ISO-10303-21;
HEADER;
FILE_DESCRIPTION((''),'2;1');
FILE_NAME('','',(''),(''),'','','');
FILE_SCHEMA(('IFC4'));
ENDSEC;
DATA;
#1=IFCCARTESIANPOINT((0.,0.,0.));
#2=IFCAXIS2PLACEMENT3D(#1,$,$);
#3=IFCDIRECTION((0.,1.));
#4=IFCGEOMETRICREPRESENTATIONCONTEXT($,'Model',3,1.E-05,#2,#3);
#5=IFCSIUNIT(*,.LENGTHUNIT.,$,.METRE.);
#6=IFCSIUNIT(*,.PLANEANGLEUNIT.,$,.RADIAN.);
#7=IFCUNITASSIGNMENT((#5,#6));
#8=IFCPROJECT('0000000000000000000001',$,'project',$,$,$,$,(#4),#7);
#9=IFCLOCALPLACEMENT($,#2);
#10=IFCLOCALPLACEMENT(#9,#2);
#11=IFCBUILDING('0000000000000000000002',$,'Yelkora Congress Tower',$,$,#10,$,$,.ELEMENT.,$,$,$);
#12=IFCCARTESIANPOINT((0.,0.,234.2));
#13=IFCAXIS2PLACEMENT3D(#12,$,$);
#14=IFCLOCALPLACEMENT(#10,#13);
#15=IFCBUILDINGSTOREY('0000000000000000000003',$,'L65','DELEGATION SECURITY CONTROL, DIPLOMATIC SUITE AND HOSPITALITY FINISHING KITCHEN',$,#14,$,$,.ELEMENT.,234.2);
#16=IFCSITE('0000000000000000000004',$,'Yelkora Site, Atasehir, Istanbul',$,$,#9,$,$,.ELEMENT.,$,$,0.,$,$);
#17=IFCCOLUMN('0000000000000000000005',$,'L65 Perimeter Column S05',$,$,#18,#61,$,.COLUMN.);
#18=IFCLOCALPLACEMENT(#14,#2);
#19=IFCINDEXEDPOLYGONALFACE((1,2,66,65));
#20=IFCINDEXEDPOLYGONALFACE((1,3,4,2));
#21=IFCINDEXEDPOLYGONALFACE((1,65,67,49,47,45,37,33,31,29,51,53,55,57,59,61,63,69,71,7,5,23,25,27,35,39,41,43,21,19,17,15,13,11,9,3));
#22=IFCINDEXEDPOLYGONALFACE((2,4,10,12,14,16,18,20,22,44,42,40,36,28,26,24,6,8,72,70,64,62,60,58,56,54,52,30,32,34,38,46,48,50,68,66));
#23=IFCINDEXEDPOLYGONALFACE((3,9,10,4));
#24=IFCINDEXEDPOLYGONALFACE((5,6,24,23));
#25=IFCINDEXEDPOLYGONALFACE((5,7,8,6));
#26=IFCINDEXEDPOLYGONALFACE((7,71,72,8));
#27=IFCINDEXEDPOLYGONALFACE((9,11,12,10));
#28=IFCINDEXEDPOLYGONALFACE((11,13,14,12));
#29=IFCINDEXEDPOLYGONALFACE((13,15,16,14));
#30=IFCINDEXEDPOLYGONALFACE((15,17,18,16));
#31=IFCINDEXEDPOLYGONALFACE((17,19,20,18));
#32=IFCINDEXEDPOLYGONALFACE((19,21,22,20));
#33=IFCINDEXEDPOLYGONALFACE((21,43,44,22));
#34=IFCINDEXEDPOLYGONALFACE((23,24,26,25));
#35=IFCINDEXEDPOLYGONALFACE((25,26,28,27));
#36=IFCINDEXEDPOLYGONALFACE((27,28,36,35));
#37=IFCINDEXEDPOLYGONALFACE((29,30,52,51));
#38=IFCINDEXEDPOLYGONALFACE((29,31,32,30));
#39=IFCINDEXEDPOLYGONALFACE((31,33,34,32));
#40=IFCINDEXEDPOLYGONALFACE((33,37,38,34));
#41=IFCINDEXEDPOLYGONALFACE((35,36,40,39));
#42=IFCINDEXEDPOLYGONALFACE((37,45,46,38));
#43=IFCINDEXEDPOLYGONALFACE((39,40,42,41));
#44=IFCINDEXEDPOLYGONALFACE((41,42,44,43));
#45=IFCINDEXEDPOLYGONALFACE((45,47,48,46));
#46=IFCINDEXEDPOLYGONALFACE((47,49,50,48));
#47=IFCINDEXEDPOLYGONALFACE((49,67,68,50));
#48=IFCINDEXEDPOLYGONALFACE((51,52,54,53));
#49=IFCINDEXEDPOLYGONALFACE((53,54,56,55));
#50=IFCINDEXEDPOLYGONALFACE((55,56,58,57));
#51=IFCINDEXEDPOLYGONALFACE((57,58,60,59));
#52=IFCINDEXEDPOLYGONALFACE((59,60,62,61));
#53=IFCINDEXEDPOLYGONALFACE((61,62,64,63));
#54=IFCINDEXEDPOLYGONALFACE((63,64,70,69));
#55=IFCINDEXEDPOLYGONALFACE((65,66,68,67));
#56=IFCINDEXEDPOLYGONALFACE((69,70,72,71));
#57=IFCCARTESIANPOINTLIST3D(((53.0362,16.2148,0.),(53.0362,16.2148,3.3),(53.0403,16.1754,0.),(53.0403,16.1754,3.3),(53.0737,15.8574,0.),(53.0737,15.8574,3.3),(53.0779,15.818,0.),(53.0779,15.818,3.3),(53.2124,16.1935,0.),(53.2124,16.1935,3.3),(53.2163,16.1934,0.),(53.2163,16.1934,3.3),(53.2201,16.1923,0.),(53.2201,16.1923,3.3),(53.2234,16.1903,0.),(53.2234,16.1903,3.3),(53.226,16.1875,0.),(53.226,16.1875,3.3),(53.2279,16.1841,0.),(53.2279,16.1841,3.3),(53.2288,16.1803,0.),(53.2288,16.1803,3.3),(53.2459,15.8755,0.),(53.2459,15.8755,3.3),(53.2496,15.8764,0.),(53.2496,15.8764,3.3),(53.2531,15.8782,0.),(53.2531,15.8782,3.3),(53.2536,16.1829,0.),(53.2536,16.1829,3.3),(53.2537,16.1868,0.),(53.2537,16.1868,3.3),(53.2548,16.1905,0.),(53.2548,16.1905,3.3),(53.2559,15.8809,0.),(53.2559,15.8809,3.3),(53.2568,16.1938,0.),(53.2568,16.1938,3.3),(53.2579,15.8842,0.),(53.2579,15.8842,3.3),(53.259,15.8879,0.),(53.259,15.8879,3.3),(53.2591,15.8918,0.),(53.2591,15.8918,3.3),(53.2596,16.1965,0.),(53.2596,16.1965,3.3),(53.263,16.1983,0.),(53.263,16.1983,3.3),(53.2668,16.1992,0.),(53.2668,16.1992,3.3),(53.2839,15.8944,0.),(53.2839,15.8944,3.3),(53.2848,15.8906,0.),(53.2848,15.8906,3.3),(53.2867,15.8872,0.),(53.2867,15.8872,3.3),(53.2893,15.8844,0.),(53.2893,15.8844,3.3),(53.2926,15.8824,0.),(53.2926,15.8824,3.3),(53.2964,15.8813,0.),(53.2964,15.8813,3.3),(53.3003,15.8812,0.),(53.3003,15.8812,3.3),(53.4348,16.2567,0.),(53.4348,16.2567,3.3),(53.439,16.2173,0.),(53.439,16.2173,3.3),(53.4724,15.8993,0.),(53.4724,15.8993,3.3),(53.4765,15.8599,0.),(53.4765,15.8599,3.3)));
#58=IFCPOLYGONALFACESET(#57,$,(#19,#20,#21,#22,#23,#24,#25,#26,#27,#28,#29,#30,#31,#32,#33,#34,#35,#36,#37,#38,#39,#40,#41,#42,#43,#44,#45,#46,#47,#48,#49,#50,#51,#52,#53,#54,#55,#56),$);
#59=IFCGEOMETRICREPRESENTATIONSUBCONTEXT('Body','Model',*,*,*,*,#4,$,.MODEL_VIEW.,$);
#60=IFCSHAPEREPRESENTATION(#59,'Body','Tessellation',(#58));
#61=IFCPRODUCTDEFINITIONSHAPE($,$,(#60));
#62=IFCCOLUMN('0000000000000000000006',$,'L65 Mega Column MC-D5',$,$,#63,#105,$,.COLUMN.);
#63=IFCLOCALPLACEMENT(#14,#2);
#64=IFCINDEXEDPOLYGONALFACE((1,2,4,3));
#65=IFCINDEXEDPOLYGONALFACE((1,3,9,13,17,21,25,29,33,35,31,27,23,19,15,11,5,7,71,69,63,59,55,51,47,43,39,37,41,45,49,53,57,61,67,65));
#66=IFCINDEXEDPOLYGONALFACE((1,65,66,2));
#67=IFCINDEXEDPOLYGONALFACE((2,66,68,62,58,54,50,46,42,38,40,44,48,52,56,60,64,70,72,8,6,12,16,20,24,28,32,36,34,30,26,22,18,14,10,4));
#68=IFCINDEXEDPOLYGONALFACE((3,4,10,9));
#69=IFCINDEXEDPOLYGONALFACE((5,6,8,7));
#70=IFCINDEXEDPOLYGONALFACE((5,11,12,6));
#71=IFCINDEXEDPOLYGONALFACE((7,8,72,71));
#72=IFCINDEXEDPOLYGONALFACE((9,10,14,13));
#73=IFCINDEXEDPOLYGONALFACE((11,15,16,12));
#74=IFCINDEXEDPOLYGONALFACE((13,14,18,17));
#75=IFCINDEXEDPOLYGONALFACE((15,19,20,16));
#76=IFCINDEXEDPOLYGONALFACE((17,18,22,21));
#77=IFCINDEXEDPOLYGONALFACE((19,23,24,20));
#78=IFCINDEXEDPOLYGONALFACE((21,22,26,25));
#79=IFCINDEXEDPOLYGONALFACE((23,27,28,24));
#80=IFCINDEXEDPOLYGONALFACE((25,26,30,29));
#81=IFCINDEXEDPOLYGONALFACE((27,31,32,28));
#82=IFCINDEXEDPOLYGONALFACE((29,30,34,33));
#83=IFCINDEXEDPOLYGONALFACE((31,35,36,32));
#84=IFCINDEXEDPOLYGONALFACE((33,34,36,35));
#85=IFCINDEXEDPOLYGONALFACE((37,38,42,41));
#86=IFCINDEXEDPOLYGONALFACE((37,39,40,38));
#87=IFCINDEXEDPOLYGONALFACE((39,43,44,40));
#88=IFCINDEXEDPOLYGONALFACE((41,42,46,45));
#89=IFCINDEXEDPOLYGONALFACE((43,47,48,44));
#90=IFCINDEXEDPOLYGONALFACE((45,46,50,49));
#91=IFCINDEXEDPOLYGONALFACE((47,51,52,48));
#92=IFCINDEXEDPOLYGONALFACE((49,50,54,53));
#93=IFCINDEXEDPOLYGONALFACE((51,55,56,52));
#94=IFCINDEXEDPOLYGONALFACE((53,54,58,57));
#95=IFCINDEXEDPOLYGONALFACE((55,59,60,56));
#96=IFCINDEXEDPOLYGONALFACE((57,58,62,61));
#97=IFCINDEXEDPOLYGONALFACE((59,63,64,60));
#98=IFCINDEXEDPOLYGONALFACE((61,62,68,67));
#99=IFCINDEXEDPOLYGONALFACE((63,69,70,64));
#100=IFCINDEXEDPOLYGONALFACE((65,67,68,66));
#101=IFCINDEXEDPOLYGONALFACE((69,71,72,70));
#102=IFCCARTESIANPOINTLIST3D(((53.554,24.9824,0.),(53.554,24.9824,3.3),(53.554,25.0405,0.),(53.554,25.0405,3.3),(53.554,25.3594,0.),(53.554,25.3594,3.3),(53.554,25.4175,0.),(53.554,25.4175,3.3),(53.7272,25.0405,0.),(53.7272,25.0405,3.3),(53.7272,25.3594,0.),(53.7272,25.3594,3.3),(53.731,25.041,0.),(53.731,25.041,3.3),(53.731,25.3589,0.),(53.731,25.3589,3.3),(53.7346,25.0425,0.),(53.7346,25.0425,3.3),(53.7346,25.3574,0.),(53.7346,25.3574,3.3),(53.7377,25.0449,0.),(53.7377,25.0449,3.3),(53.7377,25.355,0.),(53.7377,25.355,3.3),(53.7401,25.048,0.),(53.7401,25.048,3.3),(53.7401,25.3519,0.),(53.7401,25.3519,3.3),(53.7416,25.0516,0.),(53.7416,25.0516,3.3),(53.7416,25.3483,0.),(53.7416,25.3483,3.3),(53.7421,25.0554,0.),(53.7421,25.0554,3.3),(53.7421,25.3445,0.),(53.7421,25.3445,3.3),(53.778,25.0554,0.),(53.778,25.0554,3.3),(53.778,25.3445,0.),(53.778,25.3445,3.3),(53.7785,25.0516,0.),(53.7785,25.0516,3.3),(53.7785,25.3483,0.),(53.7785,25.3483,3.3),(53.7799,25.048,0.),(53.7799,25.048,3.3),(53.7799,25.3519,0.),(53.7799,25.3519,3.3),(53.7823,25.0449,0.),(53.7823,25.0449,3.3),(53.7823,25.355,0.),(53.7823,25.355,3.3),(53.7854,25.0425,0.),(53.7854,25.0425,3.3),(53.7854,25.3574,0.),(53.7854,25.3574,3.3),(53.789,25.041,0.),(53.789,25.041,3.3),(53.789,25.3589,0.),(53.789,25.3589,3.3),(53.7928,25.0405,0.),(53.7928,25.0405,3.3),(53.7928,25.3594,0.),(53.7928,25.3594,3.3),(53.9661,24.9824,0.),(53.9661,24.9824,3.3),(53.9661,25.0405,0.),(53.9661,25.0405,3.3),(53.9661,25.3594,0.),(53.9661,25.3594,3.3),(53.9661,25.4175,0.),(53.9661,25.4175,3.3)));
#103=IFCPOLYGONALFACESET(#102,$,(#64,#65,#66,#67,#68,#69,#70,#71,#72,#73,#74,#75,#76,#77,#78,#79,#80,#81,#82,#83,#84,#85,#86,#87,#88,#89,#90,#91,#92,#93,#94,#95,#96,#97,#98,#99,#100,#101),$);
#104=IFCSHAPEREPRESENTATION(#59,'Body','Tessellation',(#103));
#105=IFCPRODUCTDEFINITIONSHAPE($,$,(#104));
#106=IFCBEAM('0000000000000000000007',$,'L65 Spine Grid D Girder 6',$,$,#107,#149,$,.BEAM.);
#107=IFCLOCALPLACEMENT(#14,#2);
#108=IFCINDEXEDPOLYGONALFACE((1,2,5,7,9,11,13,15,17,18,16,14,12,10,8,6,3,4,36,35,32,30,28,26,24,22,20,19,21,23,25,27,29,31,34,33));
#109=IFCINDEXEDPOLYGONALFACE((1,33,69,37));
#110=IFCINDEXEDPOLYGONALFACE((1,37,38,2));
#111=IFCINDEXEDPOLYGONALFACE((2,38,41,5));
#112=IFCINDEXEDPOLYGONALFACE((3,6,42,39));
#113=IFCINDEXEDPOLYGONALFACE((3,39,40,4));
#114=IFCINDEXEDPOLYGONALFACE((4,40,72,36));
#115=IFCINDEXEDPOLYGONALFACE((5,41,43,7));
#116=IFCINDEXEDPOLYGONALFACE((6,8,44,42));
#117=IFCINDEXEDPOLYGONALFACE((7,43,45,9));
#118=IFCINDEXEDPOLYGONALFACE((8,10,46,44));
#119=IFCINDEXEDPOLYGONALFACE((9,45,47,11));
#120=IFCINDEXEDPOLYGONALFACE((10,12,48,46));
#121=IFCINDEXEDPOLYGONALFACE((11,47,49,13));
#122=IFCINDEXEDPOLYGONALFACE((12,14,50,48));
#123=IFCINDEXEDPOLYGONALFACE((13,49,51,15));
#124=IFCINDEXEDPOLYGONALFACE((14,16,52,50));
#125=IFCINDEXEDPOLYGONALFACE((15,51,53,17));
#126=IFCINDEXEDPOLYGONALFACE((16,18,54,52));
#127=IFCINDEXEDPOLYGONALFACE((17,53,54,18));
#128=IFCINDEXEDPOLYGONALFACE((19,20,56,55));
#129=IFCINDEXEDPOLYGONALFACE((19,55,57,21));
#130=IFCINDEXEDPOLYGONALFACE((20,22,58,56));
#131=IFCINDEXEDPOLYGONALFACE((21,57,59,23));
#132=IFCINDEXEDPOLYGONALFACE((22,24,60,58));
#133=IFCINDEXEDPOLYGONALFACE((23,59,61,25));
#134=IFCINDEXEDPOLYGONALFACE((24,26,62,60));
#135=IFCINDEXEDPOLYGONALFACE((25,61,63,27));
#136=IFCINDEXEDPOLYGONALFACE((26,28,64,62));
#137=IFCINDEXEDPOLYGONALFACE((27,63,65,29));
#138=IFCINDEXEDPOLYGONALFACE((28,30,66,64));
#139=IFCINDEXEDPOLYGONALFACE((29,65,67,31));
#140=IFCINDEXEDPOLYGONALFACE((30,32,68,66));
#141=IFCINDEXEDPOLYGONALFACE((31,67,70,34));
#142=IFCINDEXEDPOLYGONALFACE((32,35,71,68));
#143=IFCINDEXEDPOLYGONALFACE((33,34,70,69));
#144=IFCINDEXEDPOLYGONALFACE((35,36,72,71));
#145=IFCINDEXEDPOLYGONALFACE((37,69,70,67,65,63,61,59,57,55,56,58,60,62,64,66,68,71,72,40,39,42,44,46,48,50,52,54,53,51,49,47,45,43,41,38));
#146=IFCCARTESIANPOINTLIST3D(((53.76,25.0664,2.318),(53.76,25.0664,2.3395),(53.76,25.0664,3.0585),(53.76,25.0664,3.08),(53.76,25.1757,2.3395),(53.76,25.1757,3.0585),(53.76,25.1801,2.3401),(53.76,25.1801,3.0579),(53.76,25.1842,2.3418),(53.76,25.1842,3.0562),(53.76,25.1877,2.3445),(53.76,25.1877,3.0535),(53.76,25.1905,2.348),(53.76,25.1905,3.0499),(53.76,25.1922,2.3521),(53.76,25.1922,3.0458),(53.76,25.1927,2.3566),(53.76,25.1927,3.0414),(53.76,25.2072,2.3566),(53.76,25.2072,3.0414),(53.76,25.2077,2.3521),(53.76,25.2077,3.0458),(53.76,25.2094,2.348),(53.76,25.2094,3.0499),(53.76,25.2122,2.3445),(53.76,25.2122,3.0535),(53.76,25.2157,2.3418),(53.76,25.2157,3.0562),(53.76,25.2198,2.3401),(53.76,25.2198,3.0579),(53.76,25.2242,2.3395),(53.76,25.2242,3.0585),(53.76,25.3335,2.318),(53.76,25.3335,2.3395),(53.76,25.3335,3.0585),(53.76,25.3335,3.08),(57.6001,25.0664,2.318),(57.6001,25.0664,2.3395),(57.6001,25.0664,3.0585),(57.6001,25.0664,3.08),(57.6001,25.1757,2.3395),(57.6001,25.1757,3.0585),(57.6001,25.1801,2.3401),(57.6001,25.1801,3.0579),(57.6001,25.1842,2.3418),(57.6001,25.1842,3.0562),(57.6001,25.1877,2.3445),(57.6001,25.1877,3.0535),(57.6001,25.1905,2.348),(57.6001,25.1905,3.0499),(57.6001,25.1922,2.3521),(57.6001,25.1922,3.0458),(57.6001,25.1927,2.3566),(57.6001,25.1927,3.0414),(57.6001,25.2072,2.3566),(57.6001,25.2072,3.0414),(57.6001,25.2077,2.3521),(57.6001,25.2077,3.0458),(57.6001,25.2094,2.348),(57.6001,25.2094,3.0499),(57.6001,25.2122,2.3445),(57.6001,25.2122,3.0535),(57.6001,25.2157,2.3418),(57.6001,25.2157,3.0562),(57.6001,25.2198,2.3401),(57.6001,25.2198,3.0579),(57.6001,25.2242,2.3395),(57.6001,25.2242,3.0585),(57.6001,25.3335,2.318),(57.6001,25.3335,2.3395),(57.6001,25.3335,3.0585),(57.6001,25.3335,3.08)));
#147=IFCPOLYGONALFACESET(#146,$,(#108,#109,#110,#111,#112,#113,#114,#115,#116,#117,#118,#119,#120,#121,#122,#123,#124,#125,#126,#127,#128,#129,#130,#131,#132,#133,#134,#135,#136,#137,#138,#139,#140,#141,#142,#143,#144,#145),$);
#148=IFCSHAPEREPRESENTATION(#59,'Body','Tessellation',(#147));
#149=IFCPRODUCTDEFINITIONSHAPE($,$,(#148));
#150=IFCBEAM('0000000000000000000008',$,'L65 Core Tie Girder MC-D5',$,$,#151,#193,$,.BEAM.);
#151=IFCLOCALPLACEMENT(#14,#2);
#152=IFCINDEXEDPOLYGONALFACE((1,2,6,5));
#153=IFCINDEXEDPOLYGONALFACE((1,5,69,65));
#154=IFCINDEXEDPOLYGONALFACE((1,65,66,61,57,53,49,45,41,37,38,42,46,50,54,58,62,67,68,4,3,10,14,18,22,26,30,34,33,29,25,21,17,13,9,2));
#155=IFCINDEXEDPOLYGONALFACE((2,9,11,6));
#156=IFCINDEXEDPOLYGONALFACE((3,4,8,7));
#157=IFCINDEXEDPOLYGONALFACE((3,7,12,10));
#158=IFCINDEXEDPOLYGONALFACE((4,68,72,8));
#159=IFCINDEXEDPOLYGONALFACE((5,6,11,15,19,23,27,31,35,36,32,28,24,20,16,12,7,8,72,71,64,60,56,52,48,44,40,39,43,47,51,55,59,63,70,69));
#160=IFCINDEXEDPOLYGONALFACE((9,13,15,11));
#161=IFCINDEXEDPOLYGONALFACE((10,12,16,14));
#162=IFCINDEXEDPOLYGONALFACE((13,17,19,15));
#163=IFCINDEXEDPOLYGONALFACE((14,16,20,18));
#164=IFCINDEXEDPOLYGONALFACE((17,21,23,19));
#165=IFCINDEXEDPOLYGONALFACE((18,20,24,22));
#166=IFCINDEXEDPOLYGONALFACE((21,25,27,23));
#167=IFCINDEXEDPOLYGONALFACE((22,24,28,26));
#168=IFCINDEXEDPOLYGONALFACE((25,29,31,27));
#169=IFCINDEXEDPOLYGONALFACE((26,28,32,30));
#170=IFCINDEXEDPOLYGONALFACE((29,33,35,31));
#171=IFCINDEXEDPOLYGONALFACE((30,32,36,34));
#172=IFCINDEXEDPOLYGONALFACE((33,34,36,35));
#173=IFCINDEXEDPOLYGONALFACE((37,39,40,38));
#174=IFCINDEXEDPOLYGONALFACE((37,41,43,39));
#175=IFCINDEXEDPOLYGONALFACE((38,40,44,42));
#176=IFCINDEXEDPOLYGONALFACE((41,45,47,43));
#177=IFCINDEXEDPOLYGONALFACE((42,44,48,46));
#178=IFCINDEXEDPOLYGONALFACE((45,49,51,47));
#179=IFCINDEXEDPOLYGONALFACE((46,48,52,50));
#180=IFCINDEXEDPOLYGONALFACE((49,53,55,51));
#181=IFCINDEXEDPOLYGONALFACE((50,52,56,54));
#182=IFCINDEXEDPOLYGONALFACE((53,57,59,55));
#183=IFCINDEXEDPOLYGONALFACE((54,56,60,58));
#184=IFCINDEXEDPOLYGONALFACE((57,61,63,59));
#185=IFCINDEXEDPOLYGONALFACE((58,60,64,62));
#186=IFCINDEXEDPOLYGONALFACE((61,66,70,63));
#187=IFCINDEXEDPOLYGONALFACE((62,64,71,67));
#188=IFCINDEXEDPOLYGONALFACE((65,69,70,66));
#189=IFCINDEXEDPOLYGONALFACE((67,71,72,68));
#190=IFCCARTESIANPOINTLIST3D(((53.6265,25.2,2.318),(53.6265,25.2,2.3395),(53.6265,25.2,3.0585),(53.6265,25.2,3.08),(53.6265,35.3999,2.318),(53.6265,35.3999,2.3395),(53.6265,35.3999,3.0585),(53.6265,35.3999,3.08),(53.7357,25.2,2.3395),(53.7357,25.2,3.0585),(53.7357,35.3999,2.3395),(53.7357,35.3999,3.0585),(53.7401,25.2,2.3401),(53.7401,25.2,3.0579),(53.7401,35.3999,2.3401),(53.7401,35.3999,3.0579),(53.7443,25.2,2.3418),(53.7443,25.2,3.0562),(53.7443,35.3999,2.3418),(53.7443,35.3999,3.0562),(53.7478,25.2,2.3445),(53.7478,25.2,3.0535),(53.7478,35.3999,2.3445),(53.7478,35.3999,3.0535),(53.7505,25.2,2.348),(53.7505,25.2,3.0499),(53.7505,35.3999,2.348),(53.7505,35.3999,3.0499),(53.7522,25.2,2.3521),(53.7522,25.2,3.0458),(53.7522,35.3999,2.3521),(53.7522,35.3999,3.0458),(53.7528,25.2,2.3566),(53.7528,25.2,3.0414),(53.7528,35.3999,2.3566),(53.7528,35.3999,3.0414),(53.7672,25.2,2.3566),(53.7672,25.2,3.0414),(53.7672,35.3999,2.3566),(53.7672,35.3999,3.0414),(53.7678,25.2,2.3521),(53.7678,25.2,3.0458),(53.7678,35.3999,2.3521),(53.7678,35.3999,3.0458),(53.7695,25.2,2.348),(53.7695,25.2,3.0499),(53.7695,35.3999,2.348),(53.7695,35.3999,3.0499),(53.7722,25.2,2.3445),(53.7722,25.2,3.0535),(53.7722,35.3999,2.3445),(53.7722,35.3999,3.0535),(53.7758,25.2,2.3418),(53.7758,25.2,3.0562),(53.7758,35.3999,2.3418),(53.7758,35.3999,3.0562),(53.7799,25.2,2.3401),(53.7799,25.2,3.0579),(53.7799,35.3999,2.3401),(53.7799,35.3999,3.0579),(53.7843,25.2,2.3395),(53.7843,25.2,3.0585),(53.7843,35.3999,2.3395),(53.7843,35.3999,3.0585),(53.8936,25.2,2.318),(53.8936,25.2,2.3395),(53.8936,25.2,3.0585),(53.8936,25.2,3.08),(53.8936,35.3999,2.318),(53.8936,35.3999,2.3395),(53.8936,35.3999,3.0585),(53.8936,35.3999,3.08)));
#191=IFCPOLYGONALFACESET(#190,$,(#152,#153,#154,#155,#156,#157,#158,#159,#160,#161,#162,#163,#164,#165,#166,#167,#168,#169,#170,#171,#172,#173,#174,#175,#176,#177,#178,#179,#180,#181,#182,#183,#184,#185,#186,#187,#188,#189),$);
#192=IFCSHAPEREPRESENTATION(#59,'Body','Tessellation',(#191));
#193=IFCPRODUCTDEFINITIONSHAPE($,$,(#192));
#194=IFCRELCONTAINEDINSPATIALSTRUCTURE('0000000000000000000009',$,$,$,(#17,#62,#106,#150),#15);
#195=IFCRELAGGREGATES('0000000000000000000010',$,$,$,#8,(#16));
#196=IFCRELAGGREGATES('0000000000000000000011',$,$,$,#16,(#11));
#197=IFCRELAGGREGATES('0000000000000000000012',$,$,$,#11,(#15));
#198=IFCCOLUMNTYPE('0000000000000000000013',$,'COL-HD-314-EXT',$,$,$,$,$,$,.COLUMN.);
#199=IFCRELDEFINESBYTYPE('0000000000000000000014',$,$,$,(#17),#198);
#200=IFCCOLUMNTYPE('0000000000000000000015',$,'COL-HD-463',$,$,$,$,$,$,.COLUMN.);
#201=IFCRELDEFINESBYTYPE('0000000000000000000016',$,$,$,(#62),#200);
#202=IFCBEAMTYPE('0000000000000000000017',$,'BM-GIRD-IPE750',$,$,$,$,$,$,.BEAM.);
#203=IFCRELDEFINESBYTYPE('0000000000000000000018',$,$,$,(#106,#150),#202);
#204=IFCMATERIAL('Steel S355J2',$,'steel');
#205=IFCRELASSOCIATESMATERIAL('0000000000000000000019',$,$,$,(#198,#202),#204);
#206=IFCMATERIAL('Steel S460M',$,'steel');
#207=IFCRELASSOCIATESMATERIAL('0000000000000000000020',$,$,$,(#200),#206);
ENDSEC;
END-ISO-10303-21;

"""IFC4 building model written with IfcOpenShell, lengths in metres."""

from ifc_helpers import new_model, si_unit, direction, frame, origin, origin_2d, place, context, subcontext, project, spatial, i_section, extrude, material, material_profile, profile_set, type_object, element, save


model = new_model("IFC4")

# Units and contexts
model_context = context("Model", 3, precision=1e-05, world=origin(), true_north=direction((0.0, 1.0)))
body_context = subcontext(model_context, "Body", "Model", "MODEL_VIEW")
ifc_project = project(units=[si_unit("LENGTHUNIT", "METRE"), si_unit("PLANEANGLEUNIT", "RADIAN")], contexts=[model_context])

# Site, building, storey
site_placement = place(None, origin())
site = spatial("IfcSite", under=ifc_project, at=site_placement, Name="Yelkora Site, Atasehir, Istanbul", CompositionType="ELEMENT", RefElevation=0.0)
building_placement = place(site_placement, origin())
building = spatial("IfcBuilding", under=site, at=building_placement, Name="Yelkora Congress Tower", CompositionType="ELEMENT")
storey_placement = place(building_placement, frame((0.0, 0.0, 234.2)))
storey = spatial("IfcBuildingStorey", under=building, at=storey_placement, Name="L65", Description="DELEGATION SECURITY CONTROL, DIPLOMATIC SUITE AND HOSPITALITY FINISHING KITCHEN", CompositionType="ELEMENT", Elevation=234.2)

# Columns
ifc_material_1 = material(Name="Steel S355J2", Category="steel")
ifc_material_profile_1 = material_profile(ifc_material_1, i_section(OverallWidth=0.4009, OverallDepth=0.3989, WebThickness=0.0249, FlangeThickness=0.0396, FilletRadius=0.0149, at=origin_2d()), Name="HD 400x314")
ifc_profile_set_1 = profile_set([ifc_material_profile_1], Name="Steel S355J2")
column_type_1 = type_object("IfcColumnType", Name="COL-HD-314-EXT", PredefinedType="COLUMN", material=ifc_profile_set_1)
column_1_placement = place(storey_placement, frame((53.2563, 16.0374, 0.0), z_axis=(0.0, 0.0, 1.0), x_axis=(0.994522, 0.104528, 0.0)))
element("IfcColumn", 1, at=column_1_placement, inside=storey, type_object=column_type_1, Name="L65 Perimeter Column S05", PredefinedType="COLUMN", context=body_context, shape_type="SweptSolid", body=[
    extrude(i_section(OverallWidth=0.4009, OverallDepth=0.3989, WebThickness=0.0249, FlangeThickness=0.0396, FilletRadius=0.0149, at=origin_2d()), origin(), (0.0, 0.0, 1.0), 3.3),
])
ifc_material_2 = material(Name="Steel S460M", Category="steel")
ifc_material_profile_2 = material_profile(ifc_material_2, i_section(OverallWidth=0.4121, OverallDepth=0.4351, WebThickness=0.0359, FlangeThickness=0.0581, FilletRadius=0.0149, at=origin_2d()), Name="HD 400x463")
ifc_profile_set_2 = profile_set([ifc_material_profile_2], Name="Steel S460M")
column_type_2 = type_object("IfcColumnType", Name="COL-HD-463", PredefinedType="COLUMN", material=ifc_profile_set_2)
column_2_placement = place(storey_placement, frame((53.76, 25.2, 0.0), z_axis=(0.0, 0.0, 1.0), x_axis=(1.0, 0.0, 0.0)))
element("IfcColumn", 2, at=column_2_placement, inside=storey, type_object=column_type_2, Name="L65 Mega Column MC-D5", PredefinedType="COLUMN", context=body_context, shape_type="SweptSolid", body=[
    extrude(i_section(OverallWidth=0.4121, OverallDepth=0.4351, WebThickness=0.0359, FlangeThickness=0.0581, FilletRadius=0.0149, at=origin_2d()), origin(), (0.0, 0.0, 1.0), 3.3),
])

# Beams
ifc_material_profile_3 = material_profile(ifc_material_1, i_section(OverallWidth=0.2671, OverallDepth=0.762, WebThickness=0.0144, FlangeThickness=0.0215, FilletRadius=0.0171, at=origin_2d()), Name="IPE 750x173")
ifc_profile_set_3 = profile_set([ifc_material_profile_3], Name="Steel S355J2")
beam_type_1 = type_object("IfcBeamType", Name="BM-GIRD-IPE750", PredefinedType="BEAM", material=ifc_profile_set_3)
beam_1_placement = place(storey_placement, frame((53.76, 25.2, 2.699), z_axis=(1.0, 0.0, 0.0), x_axis=(0.0, 1.0, 0.0)))
element("IfcBeam", 3, at=beam_1_placement, inside=storey, type_object=beam_type_1, Name="L65 Spine Grid D Girder 6", PredefinedType="BEAM", context=body_context, shape_type="SweptSolid", body=[
    extrude(i_section(OverallWidth=0.2671, OverallDepth=0.762, WebThickness=0.0144, FlangeThickness=0.0215, FilletRadius=0.0171, at=origin_2d()), origin(), (0.0, 0.0, 1.0), 3.8401),
])
beam_2_placement = place(storey_placement, frame((53.76, 25.2, 2.699), z_axis=(0.0, 1.0, 0.0), x_axis=(-1.0, 0.0, 0.0)))
element("IfcBeam", 4, at=beam_2_placement, inside=storey, type_object=beam_type_1, Name="L65 Core Tie Girder MC-D5", PredefinedType="BEAM", context=body_context, shape_type="SweptSolid", body=[
    extrude(i_section(OverallWidth=0.2671, OverallDepth=0.762, WebThickness=0.0144, FlangeThickness=0.0215, FilletRadius=0.0171, at=origin_2d()), origin(), (0.0, 0.0, 1.0), 10.2),
])

save(model, "model.ifc")
